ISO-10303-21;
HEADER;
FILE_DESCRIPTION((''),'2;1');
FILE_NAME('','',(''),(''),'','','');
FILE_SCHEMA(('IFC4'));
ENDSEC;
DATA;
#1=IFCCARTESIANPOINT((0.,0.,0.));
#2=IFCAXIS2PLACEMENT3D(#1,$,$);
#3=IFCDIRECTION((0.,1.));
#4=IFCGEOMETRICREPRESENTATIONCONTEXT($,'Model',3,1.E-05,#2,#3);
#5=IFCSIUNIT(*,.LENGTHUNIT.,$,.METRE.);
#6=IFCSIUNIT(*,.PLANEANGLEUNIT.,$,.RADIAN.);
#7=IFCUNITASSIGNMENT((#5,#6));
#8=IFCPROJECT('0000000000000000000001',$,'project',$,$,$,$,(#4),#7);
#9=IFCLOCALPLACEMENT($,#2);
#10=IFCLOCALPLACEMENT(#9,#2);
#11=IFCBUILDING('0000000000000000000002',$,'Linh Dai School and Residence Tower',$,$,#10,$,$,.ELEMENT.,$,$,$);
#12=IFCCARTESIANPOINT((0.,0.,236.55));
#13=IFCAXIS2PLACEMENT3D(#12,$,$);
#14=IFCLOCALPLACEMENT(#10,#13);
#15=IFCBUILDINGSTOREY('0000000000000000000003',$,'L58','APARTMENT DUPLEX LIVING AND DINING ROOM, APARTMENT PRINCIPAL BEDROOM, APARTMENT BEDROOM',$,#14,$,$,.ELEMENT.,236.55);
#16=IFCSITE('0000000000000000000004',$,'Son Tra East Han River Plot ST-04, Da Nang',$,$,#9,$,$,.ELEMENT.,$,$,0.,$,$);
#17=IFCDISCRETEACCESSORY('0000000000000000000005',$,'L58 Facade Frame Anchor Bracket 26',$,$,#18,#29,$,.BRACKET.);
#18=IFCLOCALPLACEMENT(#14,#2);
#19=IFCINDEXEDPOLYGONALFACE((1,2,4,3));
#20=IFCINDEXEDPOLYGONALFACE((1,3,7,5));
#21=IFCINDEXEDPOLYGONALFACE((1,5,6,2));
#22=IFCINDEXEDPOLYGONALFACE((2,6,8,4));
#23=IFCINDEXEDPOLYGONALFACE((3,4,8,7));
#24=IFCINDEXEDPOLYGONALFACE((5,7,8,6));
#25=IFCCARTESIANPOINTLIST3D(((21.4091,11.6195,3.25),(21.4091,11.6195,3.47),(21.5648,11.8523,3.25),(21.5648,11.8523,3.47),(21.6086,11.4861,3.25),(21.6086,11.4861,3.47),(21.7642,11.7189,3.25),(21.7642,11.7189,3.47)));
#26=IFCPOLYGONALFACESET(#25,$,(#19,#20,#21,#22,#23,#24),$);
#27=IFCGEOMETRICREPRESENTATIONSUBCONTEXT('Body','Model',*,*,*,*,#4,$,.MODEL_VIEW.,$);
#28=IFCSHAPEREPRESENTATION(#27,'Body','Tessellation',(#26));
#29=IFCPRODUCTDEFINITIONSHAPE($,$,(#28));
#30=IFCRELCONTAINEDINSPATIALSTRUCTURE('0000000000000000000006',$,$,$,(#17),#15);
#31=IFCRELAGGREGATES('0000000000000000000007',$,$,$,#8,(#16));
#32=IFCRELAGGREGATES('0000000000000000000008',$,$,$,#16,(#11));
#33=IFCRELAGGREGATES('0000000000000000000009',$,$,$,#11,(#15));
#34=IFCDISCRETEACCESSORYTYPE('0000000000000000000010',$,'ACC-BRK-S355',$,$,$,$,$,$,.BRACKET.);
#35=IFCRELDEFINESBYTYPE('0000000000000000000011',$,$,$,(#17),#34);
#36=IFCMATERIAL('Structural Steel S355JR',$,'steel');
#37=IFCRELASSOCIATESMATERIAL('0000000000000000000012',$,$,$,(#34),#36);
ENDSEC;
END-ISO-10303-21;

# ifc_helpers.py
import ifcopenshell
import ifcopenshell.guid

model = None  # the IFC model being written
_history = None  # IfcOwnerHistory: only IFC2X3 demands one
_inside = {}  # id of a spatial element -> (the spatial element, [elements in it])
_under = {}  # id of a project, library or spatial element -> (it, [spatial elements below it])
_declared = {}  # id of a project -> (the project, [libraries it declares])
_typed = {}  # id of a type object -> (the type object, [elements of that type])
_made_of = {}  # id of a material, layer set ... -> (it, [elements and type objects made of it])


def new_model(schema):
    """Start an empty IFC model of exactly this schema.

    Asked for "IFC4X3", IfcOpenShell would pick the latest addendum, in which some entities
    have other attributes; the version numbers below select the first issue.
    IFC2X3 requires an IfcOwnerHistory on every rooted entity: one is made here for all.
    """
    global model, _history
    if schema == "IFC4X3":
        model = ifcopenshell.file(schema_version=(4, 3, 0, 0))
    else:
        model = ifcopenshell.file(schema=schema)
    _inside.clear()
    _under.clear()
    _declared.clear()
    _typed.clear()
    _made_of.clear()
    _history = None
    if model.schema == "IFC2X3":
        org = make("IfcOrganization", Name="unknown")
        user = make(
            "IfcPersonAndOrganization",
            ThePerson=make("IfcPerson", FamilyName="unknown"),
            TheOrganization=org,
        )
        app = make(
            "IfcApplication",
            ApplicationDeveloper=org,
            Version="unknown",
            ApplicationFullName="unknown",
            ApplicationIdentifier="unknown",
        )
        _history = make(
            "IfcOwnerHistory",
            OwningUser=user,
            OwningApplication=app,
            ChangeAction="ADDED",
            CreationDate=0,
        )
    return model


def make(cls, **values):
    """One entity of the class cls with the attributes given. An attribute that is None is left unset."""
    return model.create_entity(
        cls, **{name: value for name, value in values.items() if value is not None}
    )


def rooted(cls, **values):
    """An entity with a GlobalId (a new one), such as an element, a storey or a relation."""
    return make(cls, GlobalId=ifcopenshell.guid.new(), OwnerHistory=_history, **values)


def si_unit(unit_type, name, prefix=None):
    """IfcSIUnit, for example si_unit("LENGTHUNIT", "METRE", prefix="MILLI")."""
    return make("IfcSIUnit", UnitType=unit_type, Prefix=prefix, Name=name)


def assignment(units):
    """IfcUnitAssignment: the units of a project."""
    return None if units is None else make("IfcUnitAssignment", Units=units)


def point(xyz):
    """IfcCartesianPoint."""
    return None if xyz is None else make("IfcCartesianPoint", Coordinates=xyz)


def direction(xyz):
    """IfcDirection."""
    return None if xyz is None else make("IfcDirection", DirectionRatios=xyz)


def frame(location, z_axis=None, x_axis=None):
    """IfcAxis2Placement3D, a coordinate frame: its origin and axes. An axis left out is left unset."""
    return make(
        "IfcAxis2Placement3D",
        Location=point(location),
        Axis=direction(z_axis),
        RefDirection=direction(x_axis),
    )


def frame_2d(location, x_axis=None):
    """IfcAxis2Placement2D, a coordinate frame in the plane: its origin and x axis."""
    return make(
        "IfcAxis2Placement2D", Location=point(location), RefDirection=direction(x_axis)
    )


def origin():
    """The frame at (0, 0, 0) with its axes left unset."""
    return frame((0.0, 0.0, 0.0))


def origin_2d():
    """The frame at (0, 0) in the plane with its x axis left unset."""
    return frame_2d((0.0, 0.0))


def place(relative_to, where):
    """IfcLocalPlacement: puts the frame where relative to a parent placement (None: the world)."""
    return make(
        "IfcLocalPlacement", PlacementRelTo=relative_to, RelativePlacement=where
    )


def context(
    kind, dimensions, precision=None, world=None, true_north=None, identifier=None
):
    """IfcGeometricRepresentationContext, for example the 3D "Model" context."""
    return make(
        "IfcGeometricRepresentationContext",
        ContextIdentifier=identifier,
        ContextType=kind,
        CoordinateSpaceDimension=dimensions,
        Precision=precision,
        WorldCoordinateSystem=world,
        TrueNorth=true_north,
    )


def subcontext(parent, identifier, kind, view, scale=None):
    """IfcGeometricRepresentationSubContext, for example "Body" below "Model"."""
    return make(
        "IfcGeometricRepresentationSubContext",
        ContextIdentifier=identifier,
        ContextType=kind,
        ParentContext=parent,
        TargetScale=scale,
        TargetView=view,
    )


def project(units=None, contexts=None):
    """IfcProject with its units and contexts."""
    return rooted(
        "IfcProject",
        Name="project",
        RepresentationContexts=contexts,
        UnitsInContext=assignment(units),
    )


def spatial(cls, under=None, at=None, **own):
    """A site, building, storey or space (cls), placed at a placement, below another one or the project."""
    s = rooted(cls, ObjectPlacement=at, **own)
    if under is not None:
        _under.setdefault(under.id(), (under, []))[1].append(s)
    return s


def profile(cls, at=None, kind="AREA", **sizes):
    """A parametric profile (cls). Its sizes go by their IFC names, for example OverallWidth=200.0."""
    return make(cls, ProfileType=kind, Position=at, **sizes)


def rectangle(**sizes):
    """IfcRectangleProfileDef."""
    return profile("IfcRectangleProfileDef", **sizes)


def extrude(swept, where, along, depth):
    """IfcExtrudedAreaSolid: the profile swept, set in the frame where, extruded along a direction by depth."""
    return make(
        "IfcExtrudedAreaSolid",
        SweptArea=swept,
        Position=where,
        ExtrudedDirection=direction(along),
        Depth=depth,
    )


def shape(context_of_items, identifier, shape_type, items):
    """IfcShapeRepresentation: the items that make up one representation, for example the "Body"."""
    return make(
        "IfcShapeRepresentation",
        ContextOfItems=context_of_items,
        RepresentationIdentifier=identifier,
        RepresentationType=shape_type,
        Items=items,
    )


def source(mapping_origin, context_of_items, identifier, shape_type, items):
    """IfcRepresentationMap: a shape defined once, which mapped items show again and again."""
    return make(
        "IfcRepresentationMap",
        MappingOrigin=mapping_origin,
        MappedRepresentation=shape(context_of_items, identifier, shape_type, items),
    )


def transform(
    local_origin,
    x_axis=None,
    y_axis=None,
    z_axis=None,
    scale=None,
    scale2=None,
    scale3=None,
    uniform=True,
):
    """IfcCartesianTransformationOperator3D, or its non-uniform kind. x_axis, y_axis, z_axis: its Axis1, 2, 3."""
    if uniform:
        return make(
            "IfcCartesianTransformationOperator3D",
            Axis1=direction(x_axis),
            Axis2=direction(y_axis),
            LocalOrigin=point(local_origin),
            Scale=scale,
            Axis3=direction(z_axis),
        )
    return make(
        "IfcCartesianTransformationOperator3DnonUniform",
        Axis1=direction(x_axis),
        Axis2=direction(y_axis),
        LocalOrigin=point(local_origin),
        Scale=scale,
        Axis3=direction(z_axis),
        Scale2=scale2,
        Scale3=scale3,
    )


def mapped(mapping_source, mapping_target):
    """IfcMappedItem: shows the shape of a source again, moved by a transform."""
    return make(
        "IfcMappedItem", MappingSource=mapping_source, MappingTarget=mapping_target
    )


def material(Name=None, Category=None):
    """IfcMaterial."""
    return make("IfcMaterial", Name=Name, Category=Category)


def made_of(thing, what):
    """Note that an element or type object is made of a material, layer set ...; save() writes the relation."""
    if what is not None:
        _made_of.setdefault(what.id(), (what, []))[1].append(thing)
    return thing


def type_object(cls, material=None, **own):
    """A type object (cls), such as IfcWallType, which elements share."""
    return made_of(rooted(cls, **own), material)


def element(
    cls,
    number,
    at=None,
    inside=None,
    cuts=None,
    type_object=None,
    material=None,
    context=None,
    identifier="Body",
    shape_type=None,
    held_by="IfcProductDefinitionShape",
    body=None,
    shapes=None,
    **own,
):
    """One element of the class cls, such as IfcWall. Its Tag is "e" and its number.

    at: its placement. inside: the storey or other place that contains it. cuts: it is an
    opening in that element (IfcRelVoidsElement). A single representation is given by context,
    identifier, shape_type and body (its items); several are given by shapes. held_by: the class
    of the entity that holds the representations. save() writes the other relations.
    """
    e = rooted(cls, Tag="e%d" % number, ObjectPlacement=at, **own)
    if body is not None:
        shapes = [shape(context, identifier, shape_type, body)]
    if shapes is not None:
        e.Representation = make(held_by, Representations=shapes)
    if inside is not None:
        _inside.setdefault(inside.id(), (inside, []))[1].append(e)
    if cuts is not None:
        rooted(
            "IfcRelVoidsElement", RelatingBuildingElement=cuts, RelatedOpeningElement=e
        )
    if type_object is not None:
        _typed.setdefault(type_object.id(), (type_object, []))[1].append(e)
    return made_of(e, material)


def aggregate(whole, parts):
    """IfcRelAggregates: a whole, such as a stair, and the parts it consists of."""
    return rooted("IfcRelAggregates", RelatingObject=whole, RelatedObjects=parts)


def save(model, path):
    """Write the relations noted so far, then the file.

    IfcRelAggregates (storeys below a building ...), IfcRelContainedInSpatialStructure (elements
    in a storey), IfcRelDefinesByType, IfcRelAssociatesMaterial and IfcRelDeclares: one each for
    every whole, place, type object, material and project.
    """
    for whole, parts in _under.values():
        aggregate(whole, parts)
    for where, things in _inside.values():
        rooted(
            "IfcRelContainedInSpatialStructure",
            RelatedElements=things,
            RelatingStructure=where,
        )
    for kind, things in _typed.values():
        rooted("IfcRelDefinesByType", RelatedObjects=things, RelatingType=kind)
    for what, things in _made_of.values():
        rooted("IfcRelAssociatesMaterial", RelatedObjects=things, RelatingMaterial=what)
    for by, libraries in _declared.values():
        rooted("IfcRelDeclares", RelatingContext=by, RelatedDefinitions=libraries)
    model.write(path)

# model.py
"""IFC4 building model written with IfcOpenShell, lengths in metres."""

from ifc_helpers import new_model, si_unit, direction, frame, origin, origin_2d, place, context, subcontext, project, spatial, rectangle, extrude, source, transform, mapped, material, type_object, element, save


model = new_model("IFC4")

# Units and contexts
model_context = context("Model", 3, precision=1e-05, world=origin(), true_north=direction((0.0, 1.0)))
body_context = subcontext(model_context, "Body", "Model", "MODEL_VIEW")
ifc_project = project(units=[si_unit("LENGTHUNIT", "METRE"), si_unit("PLANEANGLEUNIT", "RADIAN")], contexts=[model_context])

# Site, building, storey
site_placement = place(None, origin())
site = spatial("IfcSite", under=ifc_project, at=site_placement, Name="Son Tra East Han River Plot ST-04, Da Nang", CompositionType="ELEMENT", RefElevation=0.0)
building_placement = place(site_placement, origin())
building = spatial("IfcBuilding", under=site, at=building_placement, Name="Linh Dai School and Residence Tower", CompositionType="ELEMENT")
storey_placement = place(building_placement, frame((0.0, 0.0, 236.55)))
storey = spatial("IfcBuildingStorey", under=building, at=storey_placement, Name="L58", Description="APARTMENT DUPLEX LIVING AND DINING ROOM, APARTMENT PRINCIPAL BEDROOM, APARTMENT BEDROOM", CompositionType="ELEMENT", Elevation=236.55)

# Shared definitions
ifc_material_1 = material(Name="Structural Steel S355JR", Category="steel")

# Discrete accessory
discrete_accessory_type = type_object("IfcDiscreteAccessoryType", Name="ACC-BRK-S355", PredefinedType="BRACKET", material=ifc_material_1)
shared_shape_1 = source(origin(), body_context, "Body", "SweptSolid", [
    extrude(rectangle(XDim=0.28, YDim=0.24, at=origin_2d()), origin(), (0.0, 0.0, 1.0), 0.22),
])
discrete_accessory_placement = place(storey_placement, frame((21.5867, 11.6692, 3.25), z_axis=(0.0, 0.0, 1.0), x_axis=(-0.555887, -0.831258, 0.0)))
element("IfcDiscreteAccessory", 1, at=discrete_accessory_placement, inside=storey, type_object=discrete_accessory_type, Name="L58 Facade Frame Anchor Bracket 26", PredefinedType="BRACKET", context=body_context, shape_type="MappedRepresentation", body=[
    mapped(shared_shape_1, transform((0.0, 0.0, 0.0), x_axis=(1.0, 0.0, 0.0), y_axis=(0.0, 1.0, 0.0), z_axis=(0.0, 0.0, 1.0), scale=1.0)),
])

save(model, "model.ifc")
